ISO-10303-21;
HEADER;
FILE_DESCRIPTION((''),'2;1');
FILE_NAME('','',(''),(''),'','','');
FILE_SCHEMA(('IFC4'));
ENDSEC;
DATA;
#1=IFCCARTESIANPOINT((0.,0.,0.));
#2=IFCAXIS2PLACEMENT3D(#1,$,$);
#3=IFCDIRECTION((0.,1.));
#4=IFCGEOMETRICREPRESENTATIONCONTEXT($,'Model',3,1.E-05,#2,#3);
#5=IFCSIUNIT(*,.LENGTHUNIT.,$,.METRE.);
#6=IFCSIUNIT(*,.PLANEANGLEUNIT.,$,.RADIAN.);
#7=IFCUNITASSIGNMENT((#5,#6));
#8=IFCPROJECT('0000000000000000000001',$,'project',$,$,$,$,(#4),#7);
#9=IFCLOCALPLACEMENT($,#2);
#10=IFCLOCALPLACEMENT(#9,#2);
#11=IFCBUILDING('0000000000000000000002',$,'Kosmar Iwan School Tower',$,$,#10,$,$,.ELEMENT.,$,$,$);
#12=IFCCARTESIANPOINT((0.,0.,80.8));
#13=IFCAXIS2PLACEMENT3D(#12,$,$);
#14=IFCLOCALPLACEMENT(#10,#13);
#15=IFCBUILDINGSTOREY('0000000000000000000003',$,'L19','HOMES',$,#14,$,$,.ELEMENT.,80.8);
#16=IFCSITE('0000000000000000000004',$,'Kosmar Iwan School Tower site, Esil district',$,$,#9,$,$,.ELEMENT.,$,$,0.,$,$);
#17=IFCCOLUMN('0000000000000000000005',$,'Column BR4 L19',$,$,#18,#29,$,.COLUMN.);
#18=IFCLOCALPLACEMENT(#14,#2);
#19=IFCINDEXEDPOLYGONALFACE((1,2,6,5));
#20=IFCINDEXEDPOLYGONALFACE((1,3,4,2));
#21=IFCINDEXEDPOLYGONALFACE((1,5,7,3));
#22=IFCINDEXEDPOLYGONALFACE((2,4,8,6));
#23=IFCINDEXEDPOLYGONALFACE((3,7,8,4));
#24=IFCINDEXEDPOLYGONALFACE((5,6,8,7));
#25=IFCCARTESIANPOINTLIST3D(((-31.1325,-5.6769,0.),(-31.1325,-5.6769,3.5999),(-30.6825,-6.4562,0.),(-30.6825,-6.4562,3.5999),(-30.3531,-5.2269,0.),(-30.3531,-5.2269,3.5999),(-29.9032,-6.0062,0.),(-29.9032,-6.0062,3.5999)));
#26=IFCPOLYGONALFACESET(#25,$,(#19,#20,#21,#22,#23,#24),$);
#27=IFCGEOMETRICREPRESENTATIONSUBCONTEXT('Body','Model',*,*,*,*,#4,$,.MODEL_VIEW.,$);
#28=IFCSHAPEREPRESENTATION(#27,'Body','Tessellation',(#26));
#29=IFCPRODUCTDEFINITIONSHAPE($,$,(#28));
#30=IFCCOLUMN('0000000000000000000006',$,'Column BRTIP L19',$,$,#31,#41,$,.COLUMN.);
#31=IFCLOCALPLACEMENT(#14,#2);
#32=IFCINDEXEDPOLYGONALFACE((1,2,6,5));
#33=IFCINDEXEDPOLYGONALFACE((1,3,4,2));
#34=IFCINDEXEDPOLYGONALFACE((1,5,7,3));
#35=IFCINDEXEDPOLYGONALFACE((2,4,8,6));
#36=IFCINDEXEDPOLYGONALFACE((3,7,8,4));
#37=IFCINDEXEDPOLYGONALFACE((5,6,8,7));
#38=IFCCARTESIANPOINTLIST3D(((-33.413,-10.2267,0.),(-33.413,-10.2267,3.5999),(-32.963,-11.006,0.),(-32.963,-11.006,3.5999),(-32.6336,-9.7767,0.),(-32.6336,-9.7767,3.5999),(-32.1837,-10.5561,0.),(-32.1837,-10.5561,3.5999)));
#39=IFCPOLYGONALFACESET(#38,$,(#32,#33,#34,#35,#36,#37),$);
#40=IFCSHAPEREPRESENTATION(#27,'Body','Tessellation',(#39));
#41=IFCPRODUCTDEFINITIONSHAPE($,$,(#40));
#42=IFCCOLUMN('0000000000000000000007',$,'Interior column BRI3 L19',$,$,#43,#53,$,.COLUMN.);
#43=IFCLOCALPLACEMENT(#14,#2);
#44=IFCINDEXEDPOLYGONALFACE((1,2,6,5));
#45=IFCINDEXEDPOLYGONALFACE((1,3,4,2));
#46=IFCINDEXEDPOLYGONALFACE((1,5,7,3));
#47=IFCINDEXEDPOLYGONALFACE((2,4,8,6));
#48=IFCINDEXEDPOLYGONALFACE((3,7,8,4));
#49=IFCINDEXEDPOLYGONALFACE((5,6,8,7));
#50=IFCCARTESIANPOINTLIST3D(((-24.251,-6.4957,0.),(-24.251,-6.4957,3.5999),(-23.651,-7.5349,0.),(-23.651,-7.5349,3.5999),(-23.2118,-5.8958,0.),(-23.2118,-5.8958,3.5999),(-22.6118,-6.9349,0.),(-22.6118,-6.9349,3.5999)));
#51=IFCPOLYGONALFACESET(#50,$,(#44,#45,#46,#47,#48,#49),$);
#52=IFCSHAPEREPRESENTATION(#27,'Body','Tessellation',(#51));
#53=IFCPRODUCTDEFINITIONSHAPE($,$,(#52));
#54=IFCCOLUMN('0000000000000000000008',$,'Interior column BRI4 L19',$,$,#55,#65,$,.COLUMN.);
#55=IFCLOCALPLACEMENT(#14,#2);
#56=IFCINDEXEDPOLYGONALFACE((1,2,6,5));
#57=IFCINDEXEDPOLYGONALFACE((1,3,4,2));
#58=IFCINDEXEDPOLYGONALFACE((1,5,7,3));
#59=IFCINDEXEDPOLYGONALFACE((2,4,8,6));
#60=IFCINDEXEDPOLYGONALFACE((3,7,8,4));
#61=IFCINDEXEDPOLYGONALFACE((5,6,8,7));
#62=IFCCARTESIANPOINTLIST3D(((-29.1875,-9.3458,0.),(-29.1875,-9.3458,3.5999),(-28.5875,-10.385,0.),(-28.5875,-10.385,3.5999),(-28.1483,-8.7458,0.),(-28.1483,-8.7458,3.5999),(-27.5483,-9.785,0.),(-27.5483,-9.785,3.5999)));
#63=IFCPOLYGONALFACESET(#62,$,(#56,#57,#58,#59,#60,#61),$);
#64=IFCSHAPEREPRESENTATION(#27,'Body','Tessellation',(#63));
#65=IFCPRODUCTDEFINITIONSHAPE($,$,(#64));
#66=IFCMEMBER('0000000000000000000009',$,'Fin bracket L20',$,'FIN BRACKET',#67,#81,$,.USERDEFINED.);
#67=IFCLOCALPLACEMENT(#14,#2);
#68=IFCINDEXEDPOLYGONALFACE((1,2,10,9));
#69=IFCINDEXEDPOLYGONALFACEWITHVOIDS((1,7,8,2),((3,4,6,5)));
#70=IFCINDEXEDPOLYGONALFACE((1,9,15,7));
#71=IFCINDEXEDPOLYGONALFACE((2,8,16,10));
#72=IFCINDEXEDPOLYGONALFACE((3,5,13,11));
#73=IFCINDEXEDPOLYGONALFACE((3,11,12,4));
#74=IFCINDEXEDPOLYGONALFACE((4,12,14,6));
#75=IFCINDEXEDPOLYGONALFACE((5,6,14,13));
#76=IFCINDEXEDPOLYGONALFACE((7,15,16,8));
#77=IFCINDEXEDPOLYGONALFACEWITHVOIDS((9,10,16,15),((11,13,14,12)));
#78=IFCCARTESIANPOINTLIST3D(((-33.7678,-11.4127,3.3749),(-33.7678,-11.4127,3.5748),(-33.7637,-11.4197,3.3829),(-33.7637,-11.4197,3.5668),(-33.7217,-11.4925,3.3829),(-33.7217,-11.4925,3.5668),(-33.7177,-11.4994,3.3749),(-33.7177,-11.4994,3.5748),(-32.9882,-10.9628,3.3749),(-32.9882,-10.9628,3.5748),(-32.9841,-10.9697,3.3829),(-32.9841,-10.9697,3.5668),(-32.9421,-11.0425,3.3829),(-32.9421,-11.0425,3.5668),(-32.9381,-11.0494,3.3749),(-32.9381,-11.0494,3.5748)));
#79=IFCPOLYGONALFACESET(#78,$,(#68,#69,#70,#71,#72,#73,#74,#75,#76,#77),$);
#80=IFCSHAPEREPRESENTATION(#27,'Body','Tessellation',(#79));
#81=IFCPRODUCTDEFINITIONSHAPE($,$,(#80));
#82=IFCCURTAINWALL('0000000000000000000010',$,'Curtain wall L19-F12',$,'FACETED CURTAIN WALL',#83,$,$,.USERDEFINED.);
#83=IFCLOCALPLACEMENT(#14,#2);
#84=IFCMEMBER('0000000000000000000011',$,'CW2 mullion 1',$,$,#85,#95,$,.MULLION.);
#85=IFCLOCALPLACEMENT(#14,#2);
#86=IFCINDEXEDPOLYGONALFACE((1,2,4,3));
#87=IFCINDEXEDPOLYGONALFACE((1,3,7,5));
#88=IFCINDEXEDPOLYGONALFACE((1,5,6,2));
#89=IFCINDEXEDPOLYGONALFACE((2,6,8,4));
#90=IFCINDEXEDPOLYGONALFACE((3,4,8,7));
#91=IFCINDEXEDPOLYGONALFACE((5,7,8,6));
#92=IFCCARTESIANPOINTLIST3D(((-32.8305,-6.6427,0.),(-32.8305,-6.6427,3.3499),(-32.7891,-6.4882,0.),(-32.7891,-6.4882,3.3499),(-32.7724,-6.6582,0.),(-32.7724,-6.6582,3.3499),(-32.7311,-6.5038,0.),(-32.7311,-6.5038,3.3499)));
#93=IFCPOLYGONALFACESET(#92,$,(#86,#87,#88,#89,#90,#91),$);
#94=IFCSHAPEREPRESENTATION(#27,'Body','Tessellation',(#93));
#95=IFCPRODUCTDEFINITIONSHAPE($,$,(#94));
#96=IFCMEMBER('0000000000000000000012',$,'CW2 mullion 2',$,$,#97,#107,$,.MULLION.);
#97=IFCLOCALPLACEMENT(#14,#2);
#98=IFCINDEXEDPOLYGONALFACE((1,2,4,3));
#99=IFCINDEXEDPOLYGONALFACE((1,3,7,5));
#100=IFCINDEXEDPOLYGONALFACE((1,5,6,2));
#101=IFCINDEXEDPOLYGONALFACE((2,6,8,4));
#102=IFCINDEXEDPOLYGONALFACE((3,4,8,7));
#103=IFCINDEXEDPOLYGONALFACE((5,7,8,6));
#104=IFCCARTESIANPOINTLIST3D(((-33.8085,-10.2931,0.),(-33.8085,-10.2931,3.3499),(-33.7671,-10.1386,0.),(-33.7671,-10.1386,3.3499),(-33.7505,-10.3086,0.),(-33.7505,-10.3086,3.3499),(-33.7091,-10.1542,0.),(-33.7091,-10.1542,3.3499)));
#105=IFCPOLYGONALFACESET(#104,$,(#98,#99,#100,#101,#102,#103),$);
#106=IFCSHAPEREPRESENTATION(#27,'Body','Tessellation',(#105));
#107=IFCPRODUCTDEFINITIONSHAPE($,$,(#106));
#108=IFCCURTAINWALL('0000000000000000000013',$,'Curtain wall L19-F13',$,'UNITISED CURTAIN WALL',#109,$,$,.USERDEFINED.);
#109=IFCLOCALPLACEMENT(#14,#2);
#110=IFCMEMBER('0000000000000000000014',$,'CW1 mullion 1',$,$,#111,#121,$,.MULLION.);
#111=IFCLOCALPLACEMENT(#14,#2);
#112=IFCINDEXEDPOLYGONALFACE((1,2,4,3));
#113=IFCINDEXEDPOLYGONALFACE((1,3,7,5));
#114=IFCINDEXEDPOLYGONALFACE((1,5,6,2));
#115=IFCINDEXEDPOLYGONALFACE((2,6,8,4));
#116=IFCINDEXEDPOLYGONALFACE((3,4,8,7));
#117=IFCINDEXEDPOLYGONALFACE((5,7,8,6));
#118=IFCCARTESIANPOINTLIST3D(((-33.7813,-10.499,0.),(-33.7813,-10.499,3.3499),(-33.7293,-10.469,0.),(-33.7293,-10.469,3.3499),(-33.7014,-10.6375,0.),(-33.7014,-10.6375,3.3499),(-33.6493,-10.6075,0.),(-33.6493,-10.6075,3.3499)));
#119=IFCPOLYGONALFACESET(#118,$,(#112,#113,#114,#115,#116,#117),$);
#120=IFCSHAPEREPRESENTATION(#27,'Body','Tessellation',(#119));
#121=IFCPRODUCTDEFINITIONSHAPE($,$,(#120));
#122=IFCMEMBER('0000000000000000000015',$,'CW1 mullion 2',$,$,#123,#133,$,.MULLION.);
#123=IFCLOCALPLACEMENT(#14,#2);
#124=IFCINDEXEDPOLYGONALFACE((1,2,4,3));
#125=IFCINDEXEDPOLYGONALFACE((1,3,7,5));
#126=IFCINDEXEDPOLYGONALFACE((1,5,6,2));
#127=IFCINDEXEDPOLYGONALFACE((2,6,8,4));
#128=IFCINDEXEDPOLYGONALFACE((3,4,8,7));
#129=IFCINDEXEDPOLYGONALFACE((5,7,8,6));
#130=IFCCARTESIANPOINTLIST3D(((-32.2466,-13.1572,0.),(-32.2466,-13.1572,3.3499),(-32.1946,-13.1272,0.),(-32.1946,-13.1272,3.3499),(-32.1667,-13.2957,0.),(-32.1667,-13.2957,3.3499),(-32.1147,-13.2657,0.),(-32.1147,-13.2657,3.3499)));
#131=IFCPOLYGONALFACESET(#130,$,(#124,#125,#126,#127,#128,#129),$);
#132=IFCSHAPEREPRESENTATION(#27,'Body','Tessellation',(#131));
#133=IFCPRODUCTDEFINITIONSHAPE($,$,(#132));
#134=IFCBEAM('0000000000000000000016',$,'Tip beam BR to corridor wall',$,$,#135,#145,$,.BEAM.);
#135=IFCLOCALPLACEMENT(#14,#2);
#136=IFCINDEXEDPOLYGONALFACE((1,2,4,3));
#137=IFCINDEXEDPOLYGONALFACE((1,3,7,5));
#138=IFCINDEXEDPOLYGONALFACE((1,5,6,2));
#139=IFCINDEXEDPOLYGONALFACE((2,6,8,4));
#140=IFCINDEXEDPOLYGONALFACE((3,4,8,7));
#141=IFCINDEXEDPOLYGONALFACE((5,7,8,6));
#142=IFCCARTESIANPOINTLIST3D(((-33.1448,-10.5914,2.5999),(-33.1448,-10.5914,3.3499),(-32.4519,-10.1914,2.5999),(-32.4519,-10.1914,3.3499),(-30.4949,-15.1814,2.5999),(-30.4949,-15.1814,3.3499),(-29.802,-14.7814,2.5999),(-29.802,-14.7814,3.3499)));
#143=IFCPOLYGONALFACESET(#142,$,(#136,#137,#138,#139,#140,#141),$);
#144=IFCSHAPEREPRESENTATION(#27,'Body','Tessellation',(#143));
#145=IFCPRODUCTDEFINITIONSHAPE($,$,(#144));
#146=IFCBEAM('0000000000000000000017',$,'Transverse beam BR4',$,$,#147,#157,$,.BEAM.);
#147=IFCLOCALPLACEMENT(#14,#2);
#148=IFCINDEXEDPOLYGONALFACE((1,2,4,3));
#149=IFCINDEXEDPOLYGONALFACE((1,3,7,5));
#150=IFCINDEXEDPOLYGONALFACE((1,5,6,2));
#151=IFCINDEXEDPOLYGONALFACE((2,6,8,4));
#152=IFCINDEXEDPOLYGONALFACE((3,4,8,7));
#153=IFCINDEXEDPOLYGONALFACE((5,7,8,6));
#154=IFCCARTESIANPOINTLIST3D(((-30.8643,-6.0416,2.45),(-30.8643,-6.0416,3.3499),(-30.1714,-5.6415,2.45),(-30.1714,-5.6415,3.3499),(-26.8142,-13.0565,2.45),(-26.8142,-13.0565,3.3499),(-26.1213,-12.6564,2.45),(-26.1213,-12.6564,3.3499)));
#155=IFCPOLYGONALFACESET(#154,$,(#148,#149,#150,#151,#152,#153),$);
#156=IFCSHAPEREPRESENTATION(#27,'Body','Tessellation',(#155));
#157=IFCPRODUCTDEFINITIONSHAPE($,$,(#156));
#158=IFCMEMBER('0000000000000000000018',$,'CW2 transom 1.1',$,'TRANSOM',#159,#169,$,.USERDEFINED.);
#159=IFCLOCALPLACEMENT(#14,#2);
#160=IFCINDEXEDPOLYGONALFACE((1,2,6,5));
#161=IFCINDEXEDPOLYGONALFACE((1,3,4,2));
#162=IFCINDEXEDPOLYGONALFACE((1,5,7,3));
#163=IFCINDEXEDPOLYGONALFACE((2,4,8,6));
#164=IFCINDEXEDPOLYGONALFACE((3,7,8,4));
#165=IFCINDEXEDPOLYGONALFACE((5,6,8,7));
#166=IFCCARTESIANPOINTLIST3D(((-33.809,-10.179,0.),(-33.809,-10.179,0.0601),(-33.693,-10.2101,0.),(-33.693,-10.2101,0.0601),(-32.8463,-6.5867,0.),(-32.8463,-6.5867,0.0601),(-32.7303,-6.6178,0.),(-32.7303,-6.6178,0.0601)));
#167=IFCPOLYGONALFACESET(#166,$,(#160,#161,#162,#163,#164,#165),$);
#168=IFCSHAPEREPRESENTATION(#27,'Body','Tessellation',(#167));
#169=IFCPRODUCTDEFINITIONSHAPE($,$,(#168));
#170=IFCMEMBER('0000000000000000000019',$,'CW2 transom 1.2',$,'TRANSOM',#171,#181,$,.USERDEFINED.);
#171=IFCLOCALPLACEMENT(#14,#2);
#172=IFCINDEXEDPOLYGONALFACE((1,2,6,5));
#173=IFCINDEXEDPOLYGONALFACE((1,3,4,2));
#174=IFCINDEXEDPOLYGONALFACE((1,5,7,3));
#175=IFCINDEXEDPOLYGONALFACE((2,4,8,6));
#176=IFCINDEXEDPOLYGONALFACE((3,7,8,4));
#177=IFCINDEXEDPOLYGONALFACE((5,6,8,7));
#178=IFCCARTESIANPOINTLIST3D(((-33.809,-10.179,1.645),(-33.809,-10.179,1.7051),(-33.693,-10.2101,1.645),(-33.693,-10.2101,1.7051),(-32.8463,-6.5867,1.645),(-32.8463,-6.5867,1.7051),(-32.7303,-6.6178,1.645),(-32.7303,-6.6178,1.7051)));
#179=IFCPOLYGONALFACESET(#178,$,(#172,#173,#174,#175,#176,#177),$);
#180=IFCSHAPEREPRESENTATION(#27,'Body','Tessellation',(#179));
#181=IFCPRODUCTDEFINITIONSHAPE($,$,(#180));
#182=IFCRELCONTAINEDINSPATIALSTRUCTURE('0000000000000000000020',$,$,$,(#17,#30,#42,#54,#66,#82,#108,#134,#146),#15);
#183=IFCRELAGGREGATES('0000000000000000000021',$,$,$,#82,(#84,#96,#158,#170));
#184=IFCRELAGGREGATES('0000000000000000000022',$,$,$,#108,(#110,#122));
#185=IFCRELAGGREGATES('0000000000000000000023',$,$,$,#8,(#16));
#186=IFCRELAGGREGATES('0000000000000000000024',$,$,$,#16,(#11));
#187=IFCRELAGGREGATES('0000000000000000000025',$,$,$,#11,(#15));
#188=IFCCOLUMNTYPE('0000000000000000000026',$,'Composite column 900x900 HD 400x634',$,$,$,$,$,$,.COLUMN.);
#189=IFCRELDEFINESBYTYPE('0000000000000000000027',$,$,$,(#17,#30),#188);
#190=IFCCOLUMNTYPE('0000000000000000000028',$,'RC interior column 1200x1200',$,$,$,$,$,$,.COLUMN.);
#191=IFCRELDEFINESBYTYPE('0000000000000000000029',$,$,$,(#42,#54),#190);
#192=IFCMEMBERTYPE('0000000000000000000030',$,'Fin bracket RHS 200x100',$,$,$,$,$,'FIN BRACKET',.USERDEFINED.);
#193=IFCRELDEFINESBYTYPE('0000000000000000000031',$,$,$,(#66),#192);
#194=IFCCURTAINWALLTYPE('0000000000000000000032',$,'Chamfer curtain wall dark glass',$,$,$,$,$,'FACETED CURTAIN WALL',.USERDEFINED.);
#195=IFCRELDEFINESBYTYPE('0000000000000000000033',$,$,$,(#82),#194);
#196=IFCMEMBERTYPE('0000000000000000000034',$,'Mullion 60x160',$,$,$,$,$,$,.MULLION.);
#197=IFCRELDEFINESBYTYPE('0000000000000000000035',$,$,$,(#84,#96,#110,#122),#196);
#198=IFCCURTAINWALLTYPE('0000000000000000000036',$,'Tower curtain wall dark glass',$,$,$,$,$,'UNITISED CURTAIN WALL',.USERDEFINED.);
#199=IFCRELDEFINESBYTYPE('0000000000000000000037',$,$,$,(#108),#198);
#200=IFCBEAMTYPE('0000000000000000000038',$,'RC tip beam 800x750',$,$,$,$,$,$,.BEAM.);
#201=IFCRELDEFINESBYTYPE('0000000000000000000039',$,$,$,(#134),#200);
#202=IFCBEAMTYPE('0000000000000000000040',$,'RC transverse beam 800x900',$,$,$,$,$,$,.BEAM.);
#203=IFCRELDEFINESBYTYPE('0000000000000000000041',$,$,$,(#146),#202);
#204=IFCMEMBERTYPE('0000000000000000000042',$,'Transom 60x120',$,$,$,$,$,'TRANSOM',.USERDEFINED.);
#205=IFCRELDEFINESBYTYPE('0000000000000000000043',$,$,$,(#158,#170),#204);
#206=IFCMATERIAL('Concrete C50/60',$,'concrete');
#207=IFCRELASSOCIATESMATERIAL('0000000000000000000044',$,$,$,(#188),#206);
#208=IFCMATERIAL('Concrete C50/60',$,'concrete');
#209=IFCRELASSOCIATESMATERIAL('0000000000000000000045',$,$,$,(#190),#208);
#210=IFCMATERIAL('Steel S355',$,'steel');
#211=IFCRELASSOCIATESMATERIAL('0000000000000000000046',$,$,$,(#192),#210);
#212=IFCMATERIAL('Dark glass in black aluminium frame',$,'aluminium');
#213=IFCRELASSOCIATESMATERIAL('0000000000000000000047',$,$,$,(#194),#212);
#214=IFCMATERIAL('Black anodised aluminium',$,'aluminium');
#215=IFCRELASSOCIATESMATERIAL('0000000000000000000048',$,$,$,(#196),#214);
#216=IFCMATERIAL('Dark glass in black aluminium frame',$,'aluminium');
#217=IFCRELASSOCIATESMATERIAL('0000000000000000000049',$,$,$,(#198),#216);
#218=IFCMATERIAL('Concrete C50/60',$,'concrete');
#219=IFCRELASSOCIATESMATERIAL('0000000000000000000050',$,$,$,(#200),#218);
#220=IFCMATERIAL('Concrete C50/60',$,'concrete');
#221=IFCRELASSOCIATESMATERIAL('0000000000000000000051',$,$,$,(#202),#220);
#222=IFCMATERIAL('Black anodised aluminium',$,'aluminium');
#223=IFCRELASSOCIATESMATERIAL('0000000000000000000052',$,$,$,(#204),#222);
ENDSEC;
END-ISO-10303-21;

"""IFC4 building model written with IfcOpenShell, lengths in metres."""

from ifc_helpers import new_model, si_unit, direction, frame, origin, origin_2d, place, context, subcontext, project, spatial, rectangle, hollow_rectangle, extrude, material, material_profile, profile_set, type_object, element, aggregate, save


model = new_model("IFC4")

# Units and contexts
model_context = context("Model", 3, precision=1e-05, world=origin(), true_north=direction((0.0, 1.0)))
body_context = subcontext(model_context, "Body", "Model", "MODEL_VIEW")
ifc_project = project(units=[si_unit("LENGTHUNIT", "METRE"), si_unit("PLANEANGLEUNIT", "RADIAN")], contexts=[model_context])

# Site, building, storey
site_placement = place(None, origin())
site = spatial("IfcSite", under=ifc_project, at=site_placement, Name="Kosmar Iwan School Tower site, Esil district", CompositionType="ELEMENT", RefElevation=0.0)
building_placement = place(site_placement, origin())
building = spatial("IfcBuilding", under=site, at=building_placement, Name="Kosmar Iwan School Tower", CompositionType="ELEMENT")
storey_placement = place(building_placement, frame((0.0, 0.0, 80.8)))
storey = spatial("IfcBuildingStorey", under=building, at=storey_placement, Name="L19", Description="HOMES", CompositionType="ELEMENT", Elevation=80.8)

# Columns
ifc_material_1 = material(Name="Concrete C50/60", Category="concrete")
ifc_material_profile_1 = material_profile(ifc_material_1, rectangle(XDim=0.8999, YDim=0.8999, at=origin_2d()), Name="RC 900x900 + HD 400x634")
ifc_profile_set_1 = profile_set([ifc_material_profile_1], Name="Concrete C50/60")
column_type_1 = type_object("IfcColumnType", Name="Composite column 900x900 HD 400x634", PredefinedType="COLUMN", material=ifc_profile_set_1)
for number, where, z_axis, x_axis, name in (
    (1, (-30.5178, -5.8416, 0.0), (0.0, 0.0, 1.0), (-0.866025, -0.5, 0.0), "Column BR4 L19"),
    (2, (-32.7983, -10.3914, 0.0), (0.0, 0.0, 1.0), (-0.866025, -0.5, 0.0), "Column BRTIP L19"),
):
    element("IfcColumn", number, at=place(storey_placement, frame(where, z_axis=z_axis, x_axis=x_axis)), inside=storey, type_object=column_type_1, Name=name, PredefinedType="COLUMN", context=body_context, shape_type="SweptSolid", body=[
        extrude(rectangle(XDim=0.8999, YDim=0.8999, at=origin_2d()), origin(), (0.0, 0.0, 1.0), 3.5999),
    ])
ifc_material_2 = material(Name="Concrete C50/60", Category="concrete")
ifc_material_profile_2 = material_profile(ifc_material_2, rectangle(XDim=1.2, YDim=1.2, at=origin_2d()), Name="RC 1200x1200")
ifc_profile_set_2 = profile_set([ifc_material_profile_2], Name="Concrete C50/60")
column_type_2 = type_object("IfcColumnType", Name="RC interior column 1200x1200", PredefinedType="COLUMN", material=ifc_profile_set_2)
for number, where, z_axis, x_axis, name in (
    (3, (-23.4314, -6.7153, 0.0), (0.0, 0.0, 1.0), (-0.866025, -0.5, 0.0), "Interior column BRI3 L19"),
    (4, (-28.3679, -9.5654, 0.0), (0.0, 0.0, 1.0), (-0.866025, -0.5, 0.0), "Interior column BRI4 L19"),
):
    element("IfcColumn", number, at=place(storey_placement, frame(where, z_axis=z_axis, x_axis=x_axis)), inside=storey, type_object=column_type_2, Name=name, PredefinedType="COLUMN", context=body_context, shape_type="SweptSolid", body=[
        extrude(rectangle(XDim=1.2, YDim=1.2, at=origin_2d()), origin(), (0.0, 0.0, 1.0), 3.5999),
    ])

# Member
ifc_material_3 = material(Name="Steel S355", Category="steel")
ifc_material_profile_3 = material_profile(ifc_material_3, hollow_rectangle(XDim=0.1001, YDim=0.2, WallThickness=0.0081, at=origin_2d()), Name="RHS 200x100x8")
ifc_profile_set_3 = profile_set([ifc_material_profile_3], Name="Steel S355")
member_type_1 = type_object("IfcMemberType", Name="Fin bracket RHS 200x100", ElementType="FIN BRACKET", PredefinedType="USERDEFINED", material=ifc_profile_set_3)
member_1_placement = place(storey_placement, frame((-32.9631, -11.0061, 3.4749), z_axis=(-0.866082, -0.499902, 0.0), x_axis=(0.499902, -0.866082, 0.0)))
element("IfcMember", 5, at=member_1_placement, inside=storey, type_object=member_type_1, Name="Fin bracket L20", ObjectType="FIN BRACKET", PredefinedType="USERDEFINED", context=body_context, shape_type="SweptSolid", body=[
    extrude(hollow_rectangle(XDim=0.1001, YDim=0.2, WallThickness=0.0081, at=origin_2d()), origin(), (0.0, 0.0, 1.0), 0.9001),
])

# Curtain walls, members
ifc_material_4 = material(Name="Dark glass in black aluminium frame", Category="aluminium")
curtain_wall_type_1 = type_object("IfcCurtainWallType", Name="Chamfer curtain wall dark glass", ElementType="FACETED CURTAIN WALL", PredefinedType="USERDEFINED", material=ifc_material_4)
curtain_wall_1_placement = place(storey_placement, origin())
curtain_wall_1 = element("IfcCurtainWall", 6, at=curtain_wall_1_placement, inside=storey, type_object=curtain_wall_type_1, Name="Curtain wall L19-F12", ObjectType="FACETED CURTAIN WALL", PredefinedType="USERDEFINED")
ifc_material_5 = material(Name="Black anodised aluminium", Category="aluminium")
ifc_material_profile_4 = material_profile(ifc_material_5, rectangle(XDim=0.0601, YDim=0.1599, at=origin_2d()), Name="MULLION 60x160")
ifc_profile_set_4 = profile_set([ifc_material_profile_4], Name="Black anodised aluminium")
member_type_2 = type_object("IfcMemberType", Name="Mullion 60x160", PredefinedType="MULLION", material=ifc_profile_set_4)
member_2_placement = place(storey_placement, frame((-32.7808, -6.5732, 0.0), z_axis=(0.0, 0.0, 1.0), x_axis=(0.965926, -0.258819, 0.0)))
member_2 = element("IfcMember", 7, at=member_2_placement, type_object=member_type_2, Name="CW2 mullion 1", PredefinedType="MULLION", context=body_context, shape_type="SweptSolid", body=[
    extrude(rectangle(XDim=0.0601, YDim=0.1599, at=origin_2d()), origin(), (0.0, 0.0, 1.0), 3.3499),
])
member_3_placement = place(storey_placement, frame((-33.7588, -10.2236, 0.0), z_axis=(0.0, 0.0, 1.0), x_axis=(0.965926, -0.258819, 0.0)))
member_3 = element("IfcMember", 8, at=member_3_placement, type_object=member_type_2, Name="CW2 mullion 2", PredefinedType="MULLION", context=body_context, shape_type="SweptSolid", body=[
    extrude(rectangle(XDim=0.0601, YDim=0.1599, at=origin_2d()), origin(), (0.0, 0.0, 1.0), 3.3499),
])
ifc_material_6 = material(Name="Dark glass in black aluminium frame", Category="aluminium")
curtain_wall_type_2 = type_object("IfcCurtainWallType", Name="Tower curtain wall dark glass", ElementType="UNITISED CURTAIN WALL", PredefinedType="USERDEFINED", material=ifc_material_6)
curtain_wall_2_placement = place(storey_placement, origin())
curtain_wall_2 = element("IfcCurtainWall", 9, at=curtain_wall_2_placement, inside=storey, type_object=curtain_wall_type_2, Name="Curtain wall L19-F13", ObjectType="UNITISED CURTAIN WALL", PredefinedType="USERDEFINED")
member_4_placement = place(storey_placement, frame((-33.7153, -10.5532, 0.0), z_axis=(0.0, 0.0, 1.0), x_axis=(0.866025, 0.5, 0.0)))
member_4 = element("IfcMember", 10, at=member_4_placement, type_object=member_type_2, Name="CW1 mullion 1", PredefinedType="MULLION", context=body_context, shape_type="SweptSolid", body=[
    extrude(rectangle(XDim=0.0601, YDim=0.1599, at=origin_2d()), origin(), (0.0, 0.0, 1.0), 3.3499),
])
member_5_placement = place(storey_placement, frame((-32.1807, -13.2114, 0.0), z_axis=(0.0, 0.0, 1.0), x_axis=(0.866025, 0.5, 0.0)))
member_5 = element("IfcMember", 11, at=member_5_placement, type_object=member_type_2, Name="CW1 mullion 2", PredefinedType="MULLION", context=body_context, shape_type="SweptSolid", body=[
    extrude(rectangle(XDim=0.0601, YDim=0.1599, at=origin_2d()), origin(), (0.0, 0.0, 1.0), 3.3499),
])

# Beams
ifc_material_7 = material(Name="Concrete C50/60", Category="concrete")
ifc_material_profile_5 = material_profile(ifc_material_7, rectangle(XDim=0.8, YDim=0.75, at=origin_2d()), Name="RC 800x750")
ifc_profile_set_5 = profile_set([ifc_material_profile_5], Name="Concrete C50/60")
beam_type_1 = type_object("IfcBeamType", Name="RC tip beam 800x750", PredefinedType="BEAM", material=ifc_profile_set_5)
beam_1_placement = place(storey_placement, frame((-32.7983, -10.3914, 2.9749), z_axis=(0.499974, -0.866041, 0.0), x_axis=(0.866041, 0.499974, 0.0)))
element("IfcBeam", 12, at=beam_1_placement, inside=storey, type_object=beam_type_1, Name="Tip beam BR to corridor wall", PredefinedType="BEAM", context=body_context, shape_type="SweptSolid", body=[
    extrude(rectangle(XDim=0.8, YDim=0.75, at=origin_2d()), origin(), (0.0, 0.0, 1.0), 5.3),
])
ifc_material_8 = material(Name="Concrete C50/60", Category="concrete")
ifc_material_profile_6 = material_profile(ifc_material_8, rectangle(XDim=0.8, YDim=0.8999, at=origin_2d()), Name="RC 800x900")
ifc_profile_set_6 = profile_set([ifc_material_profile_6], Name="Concrete C50/60")
beam_type_2 = type_object("IfcBeamType", Name="RC transverse beam 800x900", PredefinedType="BEAM", material=ifc_profile_set_6)
beam_2_placement = place(storey_placement, frame((-30.5178, -5.8416, 2.8999), z_axis=(0.5, -0.866025, 0.0), x_axis=(0.866025, 0.5, 0.0)))
element("IfcBeam", 13, at=beam_2_placement, inside=storey, type_object=beam_type_2, Name="Transverse beam BR4", PredefinedType="BEAM", context=body_context, shape_type="SweptSolid", body=[
    extrude(rectangle(XDim=0.8, YDim=0.8999, at=origin_2d()), origin(), (0.0, 0.0, 1.0), 8.1001),
])

# Members
ifc_material_9 = material(Name="Black anodised aluminium", Category="aluminium")
ifc_material_profile_7 = material_profile(ifc_material_9, rectangle(XDim=0.1201, YDim=0.0601, at=origin_2d()), Name="TRANSOM 60x120")
ifc_profile_set_7 = profile_set([ifc_material_profile_7], Name="Black anodised aluminium")
member_type_3 = type_object("IfcMemberType", Name="Transom 60x120", ElementType="TRANSOM", PredefinedType="USERDEFINED", material=ifc_profile_set_7)
member_6_placement = place(storey_placement, frame((-32.7883, -6.6023, 0.03), z_axis=(-0.258843, -0.965919, 0.0), x_axis=(0.965919, -0.258843, 0.0)))
member_6 = element("IfcMember", 14, at=member_6_placement, type_object=member_type_3, Name="CW2 transom 1.1", ObjectType="TRANSOM", PredefinedType="USERDEFINED", context=body_context, shape_type="SweptSolid", body=[
    extrude(rectangle(XDim=0.1201, YDim=0.0601, at=origin_2d()), origin(), (0.0, 0.0, 1.0), 3.719),
])
member_7_placement = place(storey_placement, frame((-32.7883, -6.6023, 1.675), z_axis=(-0.258843, -0.965919, 0.0), x_axis=(0.965919, -0.258843, 0.0)))
member_7 = element("IfcMember", 15, at=member_7_placement, type_object=member_type_3, Name="CW2 transom 1.2", ObjectType="TRANSOM", PredefinedType="USERDEFINED", context=body_context, shape_type="SweptSolid", body=[
    extrude(rectangle(XDim=0.1201, YDim=0.0601, at=origin_2d()), origin(), (0.0, 0.0, 1.0), 3.719),
])

aggregate(curtain_wall_1, [member_2, member_3, member_6, member_7])
aggregate(curtain_wall_2, [member_4, member_5])

save(model, "model.ifc")
